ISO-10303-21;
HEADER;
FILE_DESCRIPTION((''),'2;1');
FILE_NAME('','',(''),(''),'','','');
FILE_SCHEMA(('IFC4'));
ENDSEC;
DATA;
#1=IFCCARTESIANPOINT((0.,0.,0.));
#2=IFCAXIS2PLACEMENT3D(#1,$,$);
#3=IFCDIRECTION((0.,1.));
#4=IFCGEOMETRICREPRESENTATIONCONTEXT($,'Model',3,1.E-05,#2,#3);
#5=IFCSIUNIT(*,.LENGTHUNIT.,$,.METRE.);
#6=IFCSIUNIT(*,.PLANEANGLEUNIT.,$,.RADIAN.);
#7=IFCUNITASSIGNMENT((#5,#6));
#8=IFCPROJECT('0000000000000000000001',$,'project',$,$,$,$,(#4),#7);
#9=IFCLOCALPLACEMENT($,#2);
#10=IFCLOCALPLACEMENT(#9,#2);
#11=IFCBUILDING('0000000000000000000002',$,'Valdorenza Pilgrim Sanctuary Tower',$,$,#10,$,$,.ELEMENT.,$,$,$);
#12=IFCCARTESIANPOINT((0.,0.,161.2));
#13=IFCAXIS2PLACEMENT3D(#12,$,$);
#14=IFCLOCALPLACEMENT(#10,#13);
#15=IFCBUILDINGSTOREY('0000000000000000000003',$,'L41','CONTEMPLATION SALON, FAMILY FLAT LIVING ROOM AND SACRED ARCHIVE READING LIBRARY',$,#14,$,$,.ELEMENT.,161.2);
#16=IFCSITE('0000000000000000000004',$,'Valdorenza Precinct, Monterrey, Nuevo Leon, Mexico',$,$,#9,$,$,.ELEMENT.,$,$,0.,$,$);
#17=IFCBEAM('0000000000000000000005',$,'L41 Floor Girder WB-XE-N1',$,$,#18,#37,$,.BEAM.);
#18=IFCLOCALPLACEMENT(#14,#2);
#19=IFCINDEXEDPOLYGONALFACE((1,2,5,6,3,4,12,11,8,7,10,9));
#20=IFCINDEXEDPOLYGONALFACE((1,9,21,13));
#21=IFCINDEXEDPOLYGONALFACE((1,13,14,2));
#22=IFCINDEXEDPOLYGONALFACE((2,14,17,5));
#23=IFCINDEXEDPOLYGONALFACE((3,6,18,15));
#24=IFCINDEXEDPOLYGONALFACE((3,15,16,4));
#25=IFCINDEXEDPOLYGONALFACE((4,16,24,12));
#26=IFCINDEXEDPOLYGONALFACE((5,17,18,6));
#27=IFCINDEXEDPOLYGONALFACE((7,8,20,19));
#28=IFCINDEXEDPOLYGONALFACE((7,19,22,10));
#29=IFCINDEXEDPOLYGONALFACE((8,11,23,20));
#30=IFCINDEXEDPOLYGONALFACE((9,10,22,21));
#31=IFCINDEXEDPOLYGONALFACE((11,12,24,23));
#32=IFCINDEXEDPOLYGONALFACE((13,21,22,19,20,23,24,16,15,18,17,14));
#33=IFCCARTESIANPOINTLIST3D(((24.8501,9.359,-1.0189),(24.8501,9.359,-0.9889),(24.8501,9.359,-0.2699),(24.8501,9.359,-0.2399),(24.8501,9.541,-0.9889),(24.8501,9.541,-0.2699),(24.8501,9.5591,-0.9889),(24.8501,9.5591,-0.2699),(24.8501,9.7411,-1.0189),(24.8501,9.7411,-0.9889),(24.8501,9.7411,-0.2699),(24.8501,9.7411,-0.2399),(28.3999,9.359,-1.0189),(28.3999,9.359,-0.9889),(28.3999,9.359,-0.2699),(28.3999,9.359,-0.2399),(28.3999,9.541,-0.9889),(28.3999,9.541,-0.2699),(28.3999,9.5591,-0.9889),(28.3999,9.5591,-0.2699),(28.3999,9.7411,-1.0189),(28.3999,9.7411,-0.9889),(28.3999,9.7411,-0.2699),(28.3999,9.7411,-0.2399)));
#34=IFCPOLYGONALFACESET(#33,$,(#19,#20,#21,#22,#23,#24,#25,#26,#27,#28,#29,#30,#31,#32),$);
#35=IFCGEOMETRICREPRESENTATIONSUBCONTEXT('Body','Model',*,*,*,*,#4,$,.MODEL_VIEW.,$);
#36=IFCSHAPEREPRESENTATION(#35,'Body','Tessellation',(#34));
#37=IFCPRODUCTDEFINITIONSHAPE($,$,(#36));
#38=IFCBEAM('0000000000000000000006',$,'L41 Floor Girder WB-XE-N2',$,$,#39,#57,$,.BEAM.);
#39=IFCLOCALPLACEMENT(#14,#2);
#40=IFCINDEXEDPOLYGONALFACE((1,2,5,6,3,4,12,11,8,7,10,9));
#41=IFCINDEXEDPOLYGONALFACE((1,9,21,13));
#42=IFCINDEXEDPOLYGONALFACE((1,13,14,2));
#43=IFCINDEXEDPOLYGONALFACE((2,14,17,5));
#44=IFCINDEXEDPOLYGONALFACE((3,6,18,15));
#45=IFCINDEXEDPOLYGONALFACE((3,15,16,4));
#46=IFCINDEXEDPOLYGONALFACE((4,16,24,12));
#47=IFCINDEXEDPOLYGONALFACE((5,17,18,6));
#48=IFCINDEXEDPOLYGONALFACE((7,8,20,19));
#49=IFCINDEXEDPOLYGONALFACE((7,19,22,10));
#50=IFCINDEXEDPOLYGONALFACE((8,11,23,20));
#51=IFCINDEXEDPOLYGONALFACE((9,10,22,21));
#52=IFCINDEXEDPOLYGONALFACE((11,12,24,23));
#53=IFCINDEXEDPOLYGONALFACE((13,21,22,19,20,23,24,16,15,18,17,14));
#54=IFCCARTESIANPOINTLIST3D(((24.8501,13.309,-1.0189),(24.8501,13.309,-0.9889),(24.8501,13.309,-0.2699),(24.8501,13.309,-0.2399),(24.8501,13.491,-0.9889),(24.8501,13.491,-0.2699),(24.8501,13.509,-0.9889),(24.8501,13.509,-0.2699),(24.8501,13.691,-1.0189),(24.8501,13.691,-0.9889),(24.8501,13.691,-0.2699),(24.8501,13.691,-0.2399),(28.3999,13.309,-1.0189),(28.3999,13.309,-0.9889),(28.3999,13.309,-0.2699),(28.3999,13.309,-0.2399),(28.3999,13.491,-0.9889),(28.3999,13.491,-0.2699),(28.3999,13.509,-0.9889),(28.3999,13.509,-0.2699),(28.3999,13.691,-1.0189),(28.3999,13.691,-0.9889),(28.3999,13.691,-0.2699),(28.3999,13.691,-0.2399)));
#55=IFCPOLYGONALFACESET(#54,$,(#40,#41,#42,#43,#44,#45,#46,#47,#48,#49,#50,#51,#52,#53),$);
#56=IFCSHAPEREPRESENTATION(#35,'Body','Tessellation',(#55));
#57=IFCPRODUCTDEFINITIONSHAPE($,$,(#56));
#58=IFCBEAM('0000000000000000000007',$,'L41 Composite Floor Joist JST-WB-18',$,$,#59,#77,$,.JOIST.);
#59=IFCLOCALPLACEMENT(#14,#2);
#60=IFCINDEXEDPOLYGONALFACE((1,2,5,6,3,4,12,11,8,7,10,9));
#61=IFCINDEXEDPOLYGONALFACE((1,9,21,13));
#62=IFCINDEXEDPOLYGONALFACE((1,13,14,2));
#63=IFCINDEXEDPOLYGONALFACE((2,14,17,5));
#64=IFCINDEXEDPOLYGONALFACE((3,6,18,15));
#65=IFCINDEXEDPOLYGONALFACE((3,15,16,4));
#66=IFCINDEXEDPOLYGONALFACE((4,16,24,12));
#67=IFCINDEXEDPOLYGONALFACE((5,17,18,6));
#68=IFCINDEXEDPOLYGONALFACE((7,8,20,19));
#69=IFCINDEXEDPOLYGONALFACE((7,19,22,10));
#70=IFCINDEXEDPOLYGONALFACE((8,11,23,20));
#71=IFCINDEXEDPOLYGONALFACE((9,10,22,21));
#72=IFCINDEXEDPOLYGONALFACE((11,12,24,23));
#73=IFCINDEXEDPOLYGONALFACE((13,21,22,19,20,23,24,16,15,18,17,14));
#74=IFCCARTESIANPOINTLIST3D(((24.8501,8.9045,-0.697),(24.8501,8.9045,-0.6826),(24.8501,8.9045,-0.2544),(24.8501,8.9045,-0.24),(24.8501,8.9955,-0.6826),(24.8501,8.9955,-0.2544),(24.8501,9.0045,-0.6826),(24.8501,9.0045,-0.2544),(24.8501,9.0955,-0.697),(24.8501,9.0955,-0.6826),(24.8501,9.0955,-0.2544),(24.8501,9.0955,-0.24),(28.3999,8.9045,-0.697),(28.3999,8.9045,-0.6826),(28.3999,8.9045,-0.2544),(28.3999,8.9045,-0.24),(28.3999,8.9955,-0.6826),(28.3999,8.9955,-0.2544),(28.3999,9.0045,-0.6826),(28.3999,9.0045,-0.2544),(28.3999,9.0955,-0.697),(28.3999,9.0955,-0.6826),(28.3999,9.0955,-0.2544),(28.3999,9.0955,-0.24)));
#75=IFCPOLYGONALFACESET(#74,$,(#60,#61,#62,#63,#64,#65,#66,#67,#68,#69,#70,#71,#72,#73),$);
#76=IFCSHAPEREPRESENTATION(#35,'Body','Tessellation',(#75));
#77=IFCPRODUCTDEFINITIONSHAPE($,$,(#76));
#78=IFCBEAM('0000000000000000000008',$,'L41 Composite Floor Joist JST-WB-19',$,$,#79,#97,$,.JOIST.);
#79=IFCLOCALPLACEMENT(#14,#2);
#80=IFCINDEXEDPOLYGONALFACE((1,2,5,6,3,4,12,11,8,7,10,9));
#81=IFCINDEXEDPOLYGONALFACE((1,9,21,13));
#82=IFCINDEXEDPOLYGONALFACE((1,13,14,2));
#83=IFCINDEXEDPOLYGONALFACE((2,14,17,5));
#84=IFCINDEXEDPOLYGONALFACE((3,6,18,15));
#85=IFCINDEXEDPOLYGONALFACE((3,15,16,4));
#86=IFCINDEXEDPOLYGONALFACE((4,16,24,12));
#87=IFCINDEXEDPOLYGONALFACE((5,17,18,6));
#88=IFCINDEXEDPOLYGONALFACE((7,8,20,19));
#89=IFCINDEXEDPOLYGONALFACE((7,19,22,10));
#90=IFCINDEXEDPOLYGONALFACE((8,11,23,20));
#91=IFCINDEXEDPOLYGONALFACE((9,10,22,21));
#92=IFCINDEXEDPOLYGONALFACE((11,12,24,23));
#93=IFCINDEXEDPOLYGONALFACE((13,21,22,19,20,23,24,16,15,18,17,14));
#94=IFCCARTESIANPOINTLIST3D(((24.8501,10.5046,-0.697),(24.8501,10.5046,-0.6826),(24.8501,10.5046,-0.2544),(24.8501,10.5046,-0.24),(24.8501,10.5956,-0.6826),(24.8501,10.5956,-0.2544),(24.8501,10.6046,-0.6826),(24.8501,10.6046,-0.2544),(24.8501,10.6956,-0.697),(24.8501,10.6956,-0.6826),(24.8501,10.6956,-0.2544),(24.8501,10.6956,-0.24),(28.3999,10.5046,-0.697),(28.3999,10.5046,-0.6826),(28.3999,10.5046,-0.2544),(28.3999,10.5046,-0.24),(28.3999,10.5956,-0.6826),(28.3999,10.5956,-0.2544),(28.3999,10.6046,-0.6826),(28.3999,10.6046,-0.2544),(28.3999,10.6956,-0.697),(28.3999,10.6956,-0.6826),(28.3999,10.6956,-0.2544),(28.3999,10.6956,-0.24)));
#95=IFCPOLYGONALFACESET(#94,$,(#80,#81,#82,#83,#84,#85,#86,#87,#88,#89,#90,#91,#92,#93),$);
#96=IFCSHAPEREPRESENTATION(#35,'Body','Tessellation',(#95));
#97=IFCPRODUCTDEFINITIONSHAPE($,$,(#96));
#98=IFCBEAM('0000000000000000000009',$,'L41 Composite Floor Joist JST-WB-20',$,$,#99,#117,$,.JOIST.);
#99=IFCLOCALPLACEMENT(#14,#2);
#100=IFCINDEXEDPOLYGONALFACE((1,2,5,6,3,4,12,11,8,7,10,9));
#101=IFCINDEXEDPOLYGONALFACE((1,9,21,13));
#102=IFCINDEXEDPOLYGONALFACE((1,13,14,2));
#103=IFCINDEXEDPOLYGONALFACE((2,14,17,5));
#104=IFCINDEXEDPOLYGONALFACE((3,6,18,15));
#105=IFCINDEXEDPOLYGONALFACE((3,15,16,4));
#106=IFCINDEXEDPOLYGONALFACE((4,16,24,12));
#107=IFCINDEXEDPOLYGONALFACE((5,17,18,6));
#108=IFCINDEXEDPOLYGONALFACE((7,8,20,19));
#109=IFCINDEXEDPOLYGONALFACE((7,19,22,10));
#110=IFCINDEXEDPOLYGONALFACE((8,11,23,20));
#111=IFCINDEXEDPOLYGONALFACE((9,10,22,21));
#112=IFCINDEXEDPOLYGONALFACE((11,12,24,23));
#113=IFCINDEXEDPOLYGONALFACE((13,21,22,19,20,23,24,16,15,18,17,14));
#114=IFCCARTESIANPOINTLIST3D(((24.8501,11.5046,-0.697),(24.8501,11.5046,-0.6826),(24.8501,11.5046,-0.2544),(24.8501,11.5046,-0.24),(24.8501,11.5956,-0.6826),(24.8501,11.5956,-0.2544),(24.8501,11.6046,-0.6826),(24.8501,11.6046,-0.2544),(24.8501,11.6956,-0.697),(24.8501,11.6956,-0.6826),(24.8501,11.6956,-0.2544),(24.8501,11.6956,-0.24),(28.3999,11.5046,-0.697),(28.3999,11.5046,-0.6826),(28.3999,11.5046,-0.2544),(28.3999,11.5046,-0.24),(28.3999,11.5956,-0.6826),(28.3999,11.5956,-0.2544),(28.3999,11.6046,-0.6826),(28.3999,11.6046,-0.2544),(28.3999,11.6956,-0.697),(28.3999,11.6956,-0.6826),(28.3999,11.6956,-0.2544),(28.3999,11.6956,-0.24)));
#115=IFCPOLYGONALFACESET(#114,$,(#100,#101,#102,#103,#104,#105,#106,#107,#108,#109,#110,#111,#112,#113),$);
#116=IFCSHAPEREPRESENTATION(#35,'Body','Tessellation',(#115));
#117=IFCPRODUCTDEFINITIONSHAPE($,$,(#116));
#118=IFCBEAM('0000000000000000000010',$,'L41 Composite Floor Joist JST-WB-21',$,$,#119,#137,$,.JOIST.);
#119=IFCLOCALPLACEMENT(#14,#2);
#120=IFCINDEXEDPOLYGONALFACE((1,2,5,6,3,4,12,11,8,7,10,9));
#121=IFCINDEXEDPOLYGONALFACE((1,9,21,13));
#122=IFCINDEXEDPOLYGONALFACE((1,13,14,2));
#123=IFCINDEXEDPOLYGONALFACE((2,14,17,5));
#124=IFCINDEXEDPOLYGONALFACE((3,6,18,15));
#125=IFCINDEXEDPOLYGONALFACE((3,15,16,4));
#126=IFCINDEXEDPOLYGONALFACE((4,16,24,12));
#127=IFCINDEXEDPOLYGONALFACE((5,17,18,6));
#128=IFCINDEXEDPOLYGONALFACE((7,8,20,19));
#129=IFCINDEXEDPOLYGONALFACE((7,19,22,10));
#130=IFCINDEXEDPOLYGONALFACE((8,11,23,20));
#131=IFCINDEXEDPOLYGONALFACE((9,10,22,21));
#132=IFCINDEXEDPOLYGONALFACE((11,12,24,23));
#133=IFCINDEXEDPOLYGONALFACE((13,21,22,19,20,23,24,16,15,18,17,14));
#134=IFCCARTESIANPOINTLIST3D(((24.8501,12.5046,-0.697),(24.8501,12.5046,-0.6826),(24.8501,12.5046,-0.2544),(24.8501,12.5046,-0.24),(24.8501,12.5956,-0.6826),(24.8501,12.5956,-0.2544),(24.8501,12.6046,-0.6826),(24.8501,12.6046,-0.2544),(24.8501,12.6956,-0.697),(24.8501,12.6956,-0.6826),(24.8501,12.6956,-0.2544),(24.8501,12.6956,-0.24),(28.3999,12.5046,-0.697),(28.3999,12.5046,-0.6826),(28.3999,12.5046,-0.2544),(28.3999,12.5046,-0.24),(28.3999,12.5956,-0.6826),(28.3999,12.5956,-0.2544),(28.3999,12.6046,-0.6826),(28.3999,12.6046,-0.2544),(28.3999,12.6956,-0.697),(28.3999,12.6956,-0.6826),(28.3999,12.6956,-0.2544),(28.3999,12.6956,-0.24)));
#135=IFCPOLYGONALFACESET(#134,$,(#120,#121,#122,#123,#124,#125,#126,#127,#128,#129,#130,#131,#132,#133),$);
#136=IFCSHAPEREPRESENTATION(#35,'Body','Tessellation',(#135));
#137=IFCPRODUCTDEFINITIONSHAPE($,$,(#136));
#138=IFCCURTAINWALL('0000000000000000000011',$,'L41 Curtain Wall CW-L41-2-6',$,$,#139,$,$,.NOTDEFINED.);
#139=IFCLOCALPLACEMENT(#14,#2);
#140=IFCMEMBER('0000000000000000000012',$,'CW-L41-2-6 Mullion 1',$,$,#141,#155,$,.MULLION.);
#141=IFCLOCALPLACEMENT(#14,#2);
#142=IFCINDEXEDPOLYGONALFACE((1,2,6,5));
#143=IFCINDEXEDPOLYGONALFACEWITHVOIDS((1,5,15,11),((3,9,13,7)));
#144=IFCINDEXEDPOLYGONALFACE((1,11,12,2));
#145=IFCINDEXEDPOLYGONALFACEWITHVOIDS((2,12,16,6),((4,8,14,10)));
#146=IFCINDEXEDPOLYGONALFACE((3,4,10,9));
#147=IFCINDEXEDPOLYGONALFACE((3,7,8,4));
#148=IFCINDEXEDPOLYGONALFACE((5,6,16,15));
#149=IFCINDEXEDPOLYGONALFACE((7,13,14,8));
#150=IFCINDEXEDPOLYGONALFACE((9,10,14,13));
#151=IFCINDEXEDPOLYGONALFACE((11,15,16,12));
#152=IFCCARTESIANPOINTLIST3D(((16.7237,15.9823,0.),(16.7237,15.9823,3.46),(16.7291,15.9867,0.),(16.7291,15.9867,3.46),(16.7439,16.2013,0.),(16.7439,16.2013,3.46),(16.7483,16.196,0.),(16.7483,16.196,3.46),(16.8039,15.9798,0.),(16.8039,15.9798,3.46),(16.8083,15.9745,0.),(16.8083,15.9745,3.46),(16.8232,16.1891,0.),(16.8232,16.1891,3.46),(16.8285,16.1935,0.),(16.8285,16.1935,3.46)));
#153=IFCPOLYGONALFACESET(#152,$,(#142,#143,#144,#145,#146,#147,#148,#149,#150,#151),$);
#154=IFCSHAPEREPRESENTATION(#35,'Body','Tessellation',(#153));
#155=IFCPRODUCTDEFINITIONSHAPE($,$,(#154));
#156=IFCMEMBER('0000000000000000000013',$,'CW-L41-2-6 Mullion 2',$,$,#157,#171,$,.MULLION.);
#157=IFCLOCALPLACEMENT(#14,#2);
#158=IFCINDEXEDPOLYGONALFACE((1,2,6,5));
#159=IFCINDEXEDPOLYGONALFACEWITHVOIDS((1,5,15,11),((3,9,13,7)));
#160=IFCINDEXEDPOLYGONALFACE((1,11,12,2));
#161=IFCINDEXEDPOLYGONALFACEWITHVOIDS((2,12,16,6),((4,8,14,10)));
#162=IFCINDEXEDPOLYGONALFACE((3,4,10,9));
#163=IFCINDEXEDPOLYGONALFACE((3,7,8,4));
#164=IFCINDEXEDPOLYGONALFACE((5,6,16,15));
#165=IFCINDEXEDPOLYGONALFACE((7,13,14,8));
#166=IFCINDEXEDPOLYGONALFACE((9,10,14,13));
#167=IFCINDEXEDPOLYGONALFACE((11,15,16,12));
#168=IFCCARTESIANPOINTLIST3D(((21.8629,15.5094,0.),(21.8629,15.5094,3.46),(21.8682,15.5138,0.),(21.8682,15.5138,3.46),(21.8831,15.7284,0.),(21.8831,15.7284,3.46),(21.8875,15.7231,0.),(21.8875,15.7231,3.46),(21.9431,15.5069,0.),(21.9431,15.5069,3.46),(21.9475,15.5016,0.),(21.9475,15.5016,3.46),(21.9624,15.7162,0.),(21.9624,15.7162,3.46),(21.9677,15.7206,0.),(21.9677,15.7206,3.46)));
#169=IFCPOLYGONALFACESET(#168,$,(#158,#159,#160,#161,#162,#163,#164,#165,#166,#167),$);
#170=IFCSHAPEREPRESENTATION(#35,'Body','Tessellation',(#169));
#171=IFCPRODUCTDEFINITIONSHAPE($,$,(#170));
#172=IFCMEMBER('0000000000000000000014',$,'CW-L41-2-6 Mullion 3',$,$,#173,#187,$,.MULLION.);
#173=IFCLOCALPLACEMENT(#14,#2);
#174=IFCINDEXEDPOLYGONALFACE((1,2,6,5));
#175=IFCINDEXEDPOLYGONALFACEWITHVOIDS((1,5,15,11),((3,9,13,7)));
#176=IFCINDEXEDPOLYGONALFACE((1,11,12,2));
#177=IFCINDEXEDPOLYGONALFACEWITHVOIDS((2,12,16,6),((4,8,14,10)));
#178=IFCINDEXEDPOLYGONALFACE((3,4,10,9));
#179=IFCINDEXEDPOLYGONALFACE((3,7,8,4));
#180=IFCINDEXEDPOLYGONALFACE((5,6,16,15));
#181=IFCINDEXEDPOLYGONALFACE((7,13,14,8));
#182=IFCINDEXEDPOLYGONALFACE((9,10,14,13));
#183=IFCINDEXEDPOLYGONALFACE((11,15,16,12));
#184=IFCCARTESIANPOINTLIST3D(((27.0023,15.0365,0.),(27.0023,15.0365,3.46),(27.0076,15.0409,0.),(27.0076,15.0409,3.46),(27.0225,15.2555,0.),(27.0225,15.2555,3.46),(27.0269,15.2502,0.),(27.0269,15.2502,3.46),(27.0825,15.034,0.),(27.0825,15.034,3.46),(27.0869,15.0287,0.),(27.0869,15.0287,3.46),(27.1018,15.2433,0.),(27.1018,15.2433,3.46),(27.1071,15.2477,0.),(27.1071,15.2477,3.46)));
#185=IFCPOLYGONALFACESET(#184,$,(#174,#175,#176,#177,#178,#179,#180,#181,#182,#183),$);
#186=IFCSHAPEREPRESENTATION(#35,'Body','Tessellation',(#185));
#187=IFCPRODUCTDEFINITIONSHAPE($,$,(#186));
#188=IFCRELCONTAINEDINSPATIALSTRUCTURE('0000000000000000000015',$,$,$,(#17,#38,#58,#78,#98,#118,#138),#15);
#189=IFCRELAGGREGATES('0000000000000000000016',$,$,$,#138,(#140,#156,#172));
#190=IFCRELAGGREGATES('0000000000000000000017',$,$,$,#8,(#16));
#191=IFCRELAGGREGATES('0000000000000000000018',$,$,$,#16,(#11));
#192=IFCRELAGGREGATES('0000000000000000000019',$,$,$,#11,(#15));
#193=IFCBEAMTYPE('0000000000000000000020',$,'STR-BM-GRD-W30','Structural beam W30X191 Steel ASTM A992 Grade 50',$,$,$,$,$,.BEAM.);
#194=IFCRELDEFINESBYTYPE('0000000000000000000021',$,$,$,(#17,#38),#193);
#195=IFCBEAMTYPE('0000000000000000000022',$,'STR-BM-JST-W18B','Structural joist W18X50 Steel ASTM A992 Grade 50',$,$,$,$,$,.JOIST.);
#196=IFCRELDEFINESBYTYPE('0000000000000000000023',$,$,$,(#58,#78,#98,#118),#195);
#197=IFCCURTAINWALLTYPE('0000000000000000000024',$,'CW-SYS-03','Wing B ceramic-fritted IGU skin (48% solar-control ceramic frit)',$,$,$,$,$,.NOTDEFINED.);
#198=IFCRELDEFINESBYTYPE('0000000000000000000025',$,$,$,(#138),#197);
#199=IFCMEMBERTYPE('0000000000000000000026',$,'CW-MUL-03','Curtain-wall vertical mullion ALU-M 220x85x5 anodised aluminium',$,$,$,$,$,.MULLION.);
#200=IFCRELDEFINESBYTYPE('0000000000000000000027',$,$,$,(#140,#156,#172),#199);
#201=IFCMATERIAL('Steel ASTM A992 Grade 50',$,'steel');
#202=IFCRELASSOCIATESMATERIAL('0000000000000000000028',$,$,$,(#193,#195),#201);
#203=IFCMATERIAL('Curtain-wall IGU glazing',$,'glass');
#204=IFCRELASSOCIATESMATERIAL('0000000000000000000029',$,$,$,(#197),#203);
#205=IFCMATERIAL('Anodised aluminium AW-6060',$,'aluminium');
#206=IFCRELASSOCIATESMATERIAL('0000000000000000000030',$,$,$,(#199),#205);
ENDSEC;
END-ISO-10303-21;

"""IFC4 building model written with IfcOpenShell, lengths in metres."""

from ifc_helpers import new_model, si_unit, direction, frame, origin, origin_2d, place, context, subcontext, project, spatial, hollow_rectangle, i_section, extrude, source, transform, mapped, material, material_profile, profile_set, type_object, element, aggregate, save


model = new_model("IFC4")

# Units and contexts
model_context = context("Model", 3, precision=1e-05, world=origin(), true_north=direction((0.0, 1.0)))
body_context = subcontext(model_context, "Body", "Model", "MODEL_VIEW")
ifc_project = project(units=[si_unit("LENGTHUNIT", "METRE"), si_unit("PLANEANGLEUNIT", "RADIAN")], contexts=[model_context])

# Site, building, storey
site_placement = place(None, origin())
site = spatial("IfcSite", under=ifc_project, at=site_placement, Name="Valdorenza Precinct, Monterrey, Nuevo Leon, Mexico", CompositionType="ELEMENT", RefElevation=0.0)
building_placement = place(site_placement, origin())
building = spatial("IfcBuilding", under=site, at=building_placement, Name="Valdorenza Pilgrim Sanctuary Tower", CompositionType="ELEMENT")
storey_placement = place(building_placement, frame((0.0, 0.0, 161.2)))
storey = spatial("IfcBuildingStorey", under=building, at=storey_placement, Name="L41", Description="CONTEMPLATION SALON, FAMILY FLAT LIVING ROOM AND SACRED ARCHIVE READING LIBRARY", CompositionType="ELEMENT", Elevation=161.2)

# Shared definitions
ifc_material_1 = material(Name="Steel ASTM A992 Grade 50", Category="steel")

# Beams
ifc_material_profile_1 = material_profile(ifc_material_1, i_section(OverallWidth=0.3821, OverallDepth=0.7791, WebThickness=0.0181, FlangeThickness=0.03, at=origin_2d()), Name="W30X191")
ifc_profile_set_1 = profile_set([ifc_material_profile_1], Name="Steel ASTM A992 Grade 50")
beam_type_1 = type_object("IfcBeamType", Name="STR-BM-GRD-W30", Description="Structural beam W30X191 Steel ASTM A992 Grade 50", PredefinedType="BEAM", material=ifc_profile_set_1)
shared_shape_1 = source(origin(), body_context, "Body", "SweptSolid", [
    extrude(i_section(OverallWidth=0.3821, OverallDepth=0.7791, WebThickness=0.0181, FlangeThickness=0.03, at=origin_2d()), origin(), (0.0, 0.0, 1.0), 3.5498),
])
for number, where, z_axis, x_axis, name in (
    (1, (24.8501, 9.55, -0.6294), (1.0, 0.0, 0.0), (0.0, 1.0, 0.0), "L41 Floor Girder WB-XE-N1"),
    (2, (24.8501, 13.5, -0.6294), (1.0, 0.0, 0.0), (0.0, 1.0, 0.0), "L41 Floor Girder WB-XE-N2"),
):
    element("IfcBeam", number, at=place(storey_placement, frame(where, z_axis=z_axis, x_axis=x_axis)), inside=storey, type_object=beam_type_1, Name=name, PredefinedType="BEAM", context=body_context, shape_type="MappedRepresentation", body=[
        mapped(shared_shape_1, transform((0.0, 0.0, 0.0), x_axis=(1.0, 0.0, 0.0), y_axis=(0.0, 1.0, 0.0), z_axis=(0.0, 0.0, 1.0), scale=1.0)),
    ])
ifc_material_profile_2 = material_profile(ifc_material_1, i_section(OverallWidth=0.1909, OverallDepth=0.457, WebThickness=0.009, FlangeThickness=0.0144, at=origin_2d()), Name="W18X50")
ifc_profile_set_2 = profile_set([ifc_material_profile_2], Name="Steel ASTM A992 Grade 50")
beam_type_2 = type_object("IfcBeamType", Name="STR-BM-JST-W18B", Description="Structural joist W18X50 Steel ASTM A992 Grade 50", PredefinedType="JOIST", material=ifc_profile_set_2)
shared_shape_2 = source(origin(), body_context, "Body", "SweptSolid", [
    extrude(i_section(OverallWidth=0.1909, OverallDepth=0.457, WebThickness=0.009, FlangeThickness=0.0144, at=origin_2d()), origin(), (0.0, 0.0, 1.0), 3.5498),
])
for number, where, z_axis, x_axis, name in (
    (3, (24.8501, 9.0, -0.4685), (1.0, 0.0, 0.0), (0.0, 1.0, 0.0), "L41 Composite Floor Joist JST-WB-18"),
    (4, (24.8501, 10.6001, -0.4685), (1.0, 0.0, 0.0), (0.0, 1.0, 0.0), "L41 Composite Floor Joist JST-WB-19"),
    (5, (24.8501, 11.6001, -0.4685), (1.0, 0.0, 0.0), (0.0, 1.0, 0.0), "L41 Composite Floor Joist JST-WB-20"),
    (6, (24.8501, 12.6001, -0.4685), (1.0, 0.0, 0.0), (0.0, 1.0, 0.0), "L41 Composite Floor Joist JST-WB-21"),
):
    element("IfcBeam", number, at=place(storey_placement, frame(where, z_axis=z_axis, x_axis=x_axis)), inside=storey, type_object=beam_type_2, Name=name, PredefinedType="JOIST", context=body_context, shape_type="MappedRepresentation", body=[
        mapped(shared_shape_2, transform((0.0, 0.0, 0.0), x_axis=(1.0, 0.0, 0.0), y_axis=(0.0, 1.0, 0.0), z_axis=(0.0, 0.0, 1.0), scale=1.0)),
    ])

# Curtain wall, members
ifc_material_2 = material(Name="Curtain-wall IGU glazing", Category="glass")
curtain_wall_type = type_object("IfcCurtainWallType", Name="CW-SYS-03", Description="Wing B ceramic-fritted IGU skin (48% solar-control ceramic frit)", PredefinedType="NOTDEFINED", material=ifc_material_2)
curtain_wall_1_placement = place(storey_placement, origin())
curtain_wall_1 = element("IfcCurtainWall", 7, at=curtain_wall_1_placement, inside=storey, type_object=curtain_wall_type, Name="L41 Curtain Wall CW-L41-2-6", PredefinedType="NOTDEFINED")
ifc_material_3 = material(Name="Anodised aluminium AW-6060", Category="aluminium")
ifc_material_profile_3 = material_profile(ifc_material_3, hollow_rectangle(XDim=0.085, YDim=0.22, WallThickness=0.0049, at=origin_2d()), Name="ALU-M 220x85x5")
ifc_profile_set_3 = profile_set([ifc_material_profile_3], Name="Anodised aluminium AW-6060")
member_type_1 = type_object("IfcMemberType", Name="CW-MUL-03", Description="Curtain-wall vertical mullion ALU-M 220x85x5 anodised aluminium", PredefinedType="MULLION", material=ifc_profile_set_3)
shared_shape_3 = source(origin(), body_context, "Body", "SweptSolid", [
    extrude(hollow_rectangle(XDim=0.085, YDim=0.22, WallThickness=0.0049, at=origin_2d()), origin(), (0.0, 0.0, 1.0), 3.46),
])
member_1_placement = place(storey_placement, frame((16.7761, 16.0879, 0.0), z_axis=(0.0, 0.0, 1.0), x_axis=(0.995794, -0.091623, 0.0)))
member_1 = element("IfcMember", 8, at=member_1_placement, type_object=member_type_1, Name="CW-L41-2-6 Mullion 1", PredefinedType="MULLION", context=body_context, shape_type="MappedRepresentation", body=[
    mapped(shared_shape_3, transform((0.0, 0.0, 0.0), x_axis=(1.0, 0.0, 0.0), y_axis=(0.0, 1.0, 0.0), z_axis=(0.0, 0.0, 1.0), scale=1.0)),
])
member_2_placement = place(storey_placement, frame((21.9153, 15.615, 0.0), z_axis=(0.0, 0.0, 1.0), x_axis=(0.995794, -0.091623, 0.0)))
member_2 = element("IfcMember", 9, at=member_2_placement, type_object=member_type_1, Name="CW-L41-2-6 Mullion 2", PredefinedType="MULLION", context=body_context, shape_type="MappedRepresentation", body=[
    mapped(shared_shape_3, transform((0.0, 0.0, 0.0), x_axis=(1.0, 0.0, 0.0), y_axis=(0.0, 1.0, 0.0), z_axis=(0.0, 0.0, 1.0), scale=1.0)),
])
member_3_placement = place(storey_placement, frame((27.0547, 15.1421, 0.0), z_axis=(0.0, 0.0, 1.0), x_axis=(0.995794, -0.091623, 0.0)))
member_3 = element("IfcMember", 10, at=member_3_placement, type_object=member_type_1, Name="CW-L41-2-6 Mullion 3", PredefinedType="MULLION", context=body_context, shape_type="MappedRepresentation", body=[
    mapped(shared_shape_3, transform((0.0, 0.0, 0.0), x_axis=(1.0, 0.0, 0.0), y_axis=(0.0, 1.0, 0.0), z_axis=(0.0, 0.0, 1.0), scale=1.0)),
])

aggregate(curtain_wall_1, [member_1, member_2, member_3])

save(model, "model.ifc")
